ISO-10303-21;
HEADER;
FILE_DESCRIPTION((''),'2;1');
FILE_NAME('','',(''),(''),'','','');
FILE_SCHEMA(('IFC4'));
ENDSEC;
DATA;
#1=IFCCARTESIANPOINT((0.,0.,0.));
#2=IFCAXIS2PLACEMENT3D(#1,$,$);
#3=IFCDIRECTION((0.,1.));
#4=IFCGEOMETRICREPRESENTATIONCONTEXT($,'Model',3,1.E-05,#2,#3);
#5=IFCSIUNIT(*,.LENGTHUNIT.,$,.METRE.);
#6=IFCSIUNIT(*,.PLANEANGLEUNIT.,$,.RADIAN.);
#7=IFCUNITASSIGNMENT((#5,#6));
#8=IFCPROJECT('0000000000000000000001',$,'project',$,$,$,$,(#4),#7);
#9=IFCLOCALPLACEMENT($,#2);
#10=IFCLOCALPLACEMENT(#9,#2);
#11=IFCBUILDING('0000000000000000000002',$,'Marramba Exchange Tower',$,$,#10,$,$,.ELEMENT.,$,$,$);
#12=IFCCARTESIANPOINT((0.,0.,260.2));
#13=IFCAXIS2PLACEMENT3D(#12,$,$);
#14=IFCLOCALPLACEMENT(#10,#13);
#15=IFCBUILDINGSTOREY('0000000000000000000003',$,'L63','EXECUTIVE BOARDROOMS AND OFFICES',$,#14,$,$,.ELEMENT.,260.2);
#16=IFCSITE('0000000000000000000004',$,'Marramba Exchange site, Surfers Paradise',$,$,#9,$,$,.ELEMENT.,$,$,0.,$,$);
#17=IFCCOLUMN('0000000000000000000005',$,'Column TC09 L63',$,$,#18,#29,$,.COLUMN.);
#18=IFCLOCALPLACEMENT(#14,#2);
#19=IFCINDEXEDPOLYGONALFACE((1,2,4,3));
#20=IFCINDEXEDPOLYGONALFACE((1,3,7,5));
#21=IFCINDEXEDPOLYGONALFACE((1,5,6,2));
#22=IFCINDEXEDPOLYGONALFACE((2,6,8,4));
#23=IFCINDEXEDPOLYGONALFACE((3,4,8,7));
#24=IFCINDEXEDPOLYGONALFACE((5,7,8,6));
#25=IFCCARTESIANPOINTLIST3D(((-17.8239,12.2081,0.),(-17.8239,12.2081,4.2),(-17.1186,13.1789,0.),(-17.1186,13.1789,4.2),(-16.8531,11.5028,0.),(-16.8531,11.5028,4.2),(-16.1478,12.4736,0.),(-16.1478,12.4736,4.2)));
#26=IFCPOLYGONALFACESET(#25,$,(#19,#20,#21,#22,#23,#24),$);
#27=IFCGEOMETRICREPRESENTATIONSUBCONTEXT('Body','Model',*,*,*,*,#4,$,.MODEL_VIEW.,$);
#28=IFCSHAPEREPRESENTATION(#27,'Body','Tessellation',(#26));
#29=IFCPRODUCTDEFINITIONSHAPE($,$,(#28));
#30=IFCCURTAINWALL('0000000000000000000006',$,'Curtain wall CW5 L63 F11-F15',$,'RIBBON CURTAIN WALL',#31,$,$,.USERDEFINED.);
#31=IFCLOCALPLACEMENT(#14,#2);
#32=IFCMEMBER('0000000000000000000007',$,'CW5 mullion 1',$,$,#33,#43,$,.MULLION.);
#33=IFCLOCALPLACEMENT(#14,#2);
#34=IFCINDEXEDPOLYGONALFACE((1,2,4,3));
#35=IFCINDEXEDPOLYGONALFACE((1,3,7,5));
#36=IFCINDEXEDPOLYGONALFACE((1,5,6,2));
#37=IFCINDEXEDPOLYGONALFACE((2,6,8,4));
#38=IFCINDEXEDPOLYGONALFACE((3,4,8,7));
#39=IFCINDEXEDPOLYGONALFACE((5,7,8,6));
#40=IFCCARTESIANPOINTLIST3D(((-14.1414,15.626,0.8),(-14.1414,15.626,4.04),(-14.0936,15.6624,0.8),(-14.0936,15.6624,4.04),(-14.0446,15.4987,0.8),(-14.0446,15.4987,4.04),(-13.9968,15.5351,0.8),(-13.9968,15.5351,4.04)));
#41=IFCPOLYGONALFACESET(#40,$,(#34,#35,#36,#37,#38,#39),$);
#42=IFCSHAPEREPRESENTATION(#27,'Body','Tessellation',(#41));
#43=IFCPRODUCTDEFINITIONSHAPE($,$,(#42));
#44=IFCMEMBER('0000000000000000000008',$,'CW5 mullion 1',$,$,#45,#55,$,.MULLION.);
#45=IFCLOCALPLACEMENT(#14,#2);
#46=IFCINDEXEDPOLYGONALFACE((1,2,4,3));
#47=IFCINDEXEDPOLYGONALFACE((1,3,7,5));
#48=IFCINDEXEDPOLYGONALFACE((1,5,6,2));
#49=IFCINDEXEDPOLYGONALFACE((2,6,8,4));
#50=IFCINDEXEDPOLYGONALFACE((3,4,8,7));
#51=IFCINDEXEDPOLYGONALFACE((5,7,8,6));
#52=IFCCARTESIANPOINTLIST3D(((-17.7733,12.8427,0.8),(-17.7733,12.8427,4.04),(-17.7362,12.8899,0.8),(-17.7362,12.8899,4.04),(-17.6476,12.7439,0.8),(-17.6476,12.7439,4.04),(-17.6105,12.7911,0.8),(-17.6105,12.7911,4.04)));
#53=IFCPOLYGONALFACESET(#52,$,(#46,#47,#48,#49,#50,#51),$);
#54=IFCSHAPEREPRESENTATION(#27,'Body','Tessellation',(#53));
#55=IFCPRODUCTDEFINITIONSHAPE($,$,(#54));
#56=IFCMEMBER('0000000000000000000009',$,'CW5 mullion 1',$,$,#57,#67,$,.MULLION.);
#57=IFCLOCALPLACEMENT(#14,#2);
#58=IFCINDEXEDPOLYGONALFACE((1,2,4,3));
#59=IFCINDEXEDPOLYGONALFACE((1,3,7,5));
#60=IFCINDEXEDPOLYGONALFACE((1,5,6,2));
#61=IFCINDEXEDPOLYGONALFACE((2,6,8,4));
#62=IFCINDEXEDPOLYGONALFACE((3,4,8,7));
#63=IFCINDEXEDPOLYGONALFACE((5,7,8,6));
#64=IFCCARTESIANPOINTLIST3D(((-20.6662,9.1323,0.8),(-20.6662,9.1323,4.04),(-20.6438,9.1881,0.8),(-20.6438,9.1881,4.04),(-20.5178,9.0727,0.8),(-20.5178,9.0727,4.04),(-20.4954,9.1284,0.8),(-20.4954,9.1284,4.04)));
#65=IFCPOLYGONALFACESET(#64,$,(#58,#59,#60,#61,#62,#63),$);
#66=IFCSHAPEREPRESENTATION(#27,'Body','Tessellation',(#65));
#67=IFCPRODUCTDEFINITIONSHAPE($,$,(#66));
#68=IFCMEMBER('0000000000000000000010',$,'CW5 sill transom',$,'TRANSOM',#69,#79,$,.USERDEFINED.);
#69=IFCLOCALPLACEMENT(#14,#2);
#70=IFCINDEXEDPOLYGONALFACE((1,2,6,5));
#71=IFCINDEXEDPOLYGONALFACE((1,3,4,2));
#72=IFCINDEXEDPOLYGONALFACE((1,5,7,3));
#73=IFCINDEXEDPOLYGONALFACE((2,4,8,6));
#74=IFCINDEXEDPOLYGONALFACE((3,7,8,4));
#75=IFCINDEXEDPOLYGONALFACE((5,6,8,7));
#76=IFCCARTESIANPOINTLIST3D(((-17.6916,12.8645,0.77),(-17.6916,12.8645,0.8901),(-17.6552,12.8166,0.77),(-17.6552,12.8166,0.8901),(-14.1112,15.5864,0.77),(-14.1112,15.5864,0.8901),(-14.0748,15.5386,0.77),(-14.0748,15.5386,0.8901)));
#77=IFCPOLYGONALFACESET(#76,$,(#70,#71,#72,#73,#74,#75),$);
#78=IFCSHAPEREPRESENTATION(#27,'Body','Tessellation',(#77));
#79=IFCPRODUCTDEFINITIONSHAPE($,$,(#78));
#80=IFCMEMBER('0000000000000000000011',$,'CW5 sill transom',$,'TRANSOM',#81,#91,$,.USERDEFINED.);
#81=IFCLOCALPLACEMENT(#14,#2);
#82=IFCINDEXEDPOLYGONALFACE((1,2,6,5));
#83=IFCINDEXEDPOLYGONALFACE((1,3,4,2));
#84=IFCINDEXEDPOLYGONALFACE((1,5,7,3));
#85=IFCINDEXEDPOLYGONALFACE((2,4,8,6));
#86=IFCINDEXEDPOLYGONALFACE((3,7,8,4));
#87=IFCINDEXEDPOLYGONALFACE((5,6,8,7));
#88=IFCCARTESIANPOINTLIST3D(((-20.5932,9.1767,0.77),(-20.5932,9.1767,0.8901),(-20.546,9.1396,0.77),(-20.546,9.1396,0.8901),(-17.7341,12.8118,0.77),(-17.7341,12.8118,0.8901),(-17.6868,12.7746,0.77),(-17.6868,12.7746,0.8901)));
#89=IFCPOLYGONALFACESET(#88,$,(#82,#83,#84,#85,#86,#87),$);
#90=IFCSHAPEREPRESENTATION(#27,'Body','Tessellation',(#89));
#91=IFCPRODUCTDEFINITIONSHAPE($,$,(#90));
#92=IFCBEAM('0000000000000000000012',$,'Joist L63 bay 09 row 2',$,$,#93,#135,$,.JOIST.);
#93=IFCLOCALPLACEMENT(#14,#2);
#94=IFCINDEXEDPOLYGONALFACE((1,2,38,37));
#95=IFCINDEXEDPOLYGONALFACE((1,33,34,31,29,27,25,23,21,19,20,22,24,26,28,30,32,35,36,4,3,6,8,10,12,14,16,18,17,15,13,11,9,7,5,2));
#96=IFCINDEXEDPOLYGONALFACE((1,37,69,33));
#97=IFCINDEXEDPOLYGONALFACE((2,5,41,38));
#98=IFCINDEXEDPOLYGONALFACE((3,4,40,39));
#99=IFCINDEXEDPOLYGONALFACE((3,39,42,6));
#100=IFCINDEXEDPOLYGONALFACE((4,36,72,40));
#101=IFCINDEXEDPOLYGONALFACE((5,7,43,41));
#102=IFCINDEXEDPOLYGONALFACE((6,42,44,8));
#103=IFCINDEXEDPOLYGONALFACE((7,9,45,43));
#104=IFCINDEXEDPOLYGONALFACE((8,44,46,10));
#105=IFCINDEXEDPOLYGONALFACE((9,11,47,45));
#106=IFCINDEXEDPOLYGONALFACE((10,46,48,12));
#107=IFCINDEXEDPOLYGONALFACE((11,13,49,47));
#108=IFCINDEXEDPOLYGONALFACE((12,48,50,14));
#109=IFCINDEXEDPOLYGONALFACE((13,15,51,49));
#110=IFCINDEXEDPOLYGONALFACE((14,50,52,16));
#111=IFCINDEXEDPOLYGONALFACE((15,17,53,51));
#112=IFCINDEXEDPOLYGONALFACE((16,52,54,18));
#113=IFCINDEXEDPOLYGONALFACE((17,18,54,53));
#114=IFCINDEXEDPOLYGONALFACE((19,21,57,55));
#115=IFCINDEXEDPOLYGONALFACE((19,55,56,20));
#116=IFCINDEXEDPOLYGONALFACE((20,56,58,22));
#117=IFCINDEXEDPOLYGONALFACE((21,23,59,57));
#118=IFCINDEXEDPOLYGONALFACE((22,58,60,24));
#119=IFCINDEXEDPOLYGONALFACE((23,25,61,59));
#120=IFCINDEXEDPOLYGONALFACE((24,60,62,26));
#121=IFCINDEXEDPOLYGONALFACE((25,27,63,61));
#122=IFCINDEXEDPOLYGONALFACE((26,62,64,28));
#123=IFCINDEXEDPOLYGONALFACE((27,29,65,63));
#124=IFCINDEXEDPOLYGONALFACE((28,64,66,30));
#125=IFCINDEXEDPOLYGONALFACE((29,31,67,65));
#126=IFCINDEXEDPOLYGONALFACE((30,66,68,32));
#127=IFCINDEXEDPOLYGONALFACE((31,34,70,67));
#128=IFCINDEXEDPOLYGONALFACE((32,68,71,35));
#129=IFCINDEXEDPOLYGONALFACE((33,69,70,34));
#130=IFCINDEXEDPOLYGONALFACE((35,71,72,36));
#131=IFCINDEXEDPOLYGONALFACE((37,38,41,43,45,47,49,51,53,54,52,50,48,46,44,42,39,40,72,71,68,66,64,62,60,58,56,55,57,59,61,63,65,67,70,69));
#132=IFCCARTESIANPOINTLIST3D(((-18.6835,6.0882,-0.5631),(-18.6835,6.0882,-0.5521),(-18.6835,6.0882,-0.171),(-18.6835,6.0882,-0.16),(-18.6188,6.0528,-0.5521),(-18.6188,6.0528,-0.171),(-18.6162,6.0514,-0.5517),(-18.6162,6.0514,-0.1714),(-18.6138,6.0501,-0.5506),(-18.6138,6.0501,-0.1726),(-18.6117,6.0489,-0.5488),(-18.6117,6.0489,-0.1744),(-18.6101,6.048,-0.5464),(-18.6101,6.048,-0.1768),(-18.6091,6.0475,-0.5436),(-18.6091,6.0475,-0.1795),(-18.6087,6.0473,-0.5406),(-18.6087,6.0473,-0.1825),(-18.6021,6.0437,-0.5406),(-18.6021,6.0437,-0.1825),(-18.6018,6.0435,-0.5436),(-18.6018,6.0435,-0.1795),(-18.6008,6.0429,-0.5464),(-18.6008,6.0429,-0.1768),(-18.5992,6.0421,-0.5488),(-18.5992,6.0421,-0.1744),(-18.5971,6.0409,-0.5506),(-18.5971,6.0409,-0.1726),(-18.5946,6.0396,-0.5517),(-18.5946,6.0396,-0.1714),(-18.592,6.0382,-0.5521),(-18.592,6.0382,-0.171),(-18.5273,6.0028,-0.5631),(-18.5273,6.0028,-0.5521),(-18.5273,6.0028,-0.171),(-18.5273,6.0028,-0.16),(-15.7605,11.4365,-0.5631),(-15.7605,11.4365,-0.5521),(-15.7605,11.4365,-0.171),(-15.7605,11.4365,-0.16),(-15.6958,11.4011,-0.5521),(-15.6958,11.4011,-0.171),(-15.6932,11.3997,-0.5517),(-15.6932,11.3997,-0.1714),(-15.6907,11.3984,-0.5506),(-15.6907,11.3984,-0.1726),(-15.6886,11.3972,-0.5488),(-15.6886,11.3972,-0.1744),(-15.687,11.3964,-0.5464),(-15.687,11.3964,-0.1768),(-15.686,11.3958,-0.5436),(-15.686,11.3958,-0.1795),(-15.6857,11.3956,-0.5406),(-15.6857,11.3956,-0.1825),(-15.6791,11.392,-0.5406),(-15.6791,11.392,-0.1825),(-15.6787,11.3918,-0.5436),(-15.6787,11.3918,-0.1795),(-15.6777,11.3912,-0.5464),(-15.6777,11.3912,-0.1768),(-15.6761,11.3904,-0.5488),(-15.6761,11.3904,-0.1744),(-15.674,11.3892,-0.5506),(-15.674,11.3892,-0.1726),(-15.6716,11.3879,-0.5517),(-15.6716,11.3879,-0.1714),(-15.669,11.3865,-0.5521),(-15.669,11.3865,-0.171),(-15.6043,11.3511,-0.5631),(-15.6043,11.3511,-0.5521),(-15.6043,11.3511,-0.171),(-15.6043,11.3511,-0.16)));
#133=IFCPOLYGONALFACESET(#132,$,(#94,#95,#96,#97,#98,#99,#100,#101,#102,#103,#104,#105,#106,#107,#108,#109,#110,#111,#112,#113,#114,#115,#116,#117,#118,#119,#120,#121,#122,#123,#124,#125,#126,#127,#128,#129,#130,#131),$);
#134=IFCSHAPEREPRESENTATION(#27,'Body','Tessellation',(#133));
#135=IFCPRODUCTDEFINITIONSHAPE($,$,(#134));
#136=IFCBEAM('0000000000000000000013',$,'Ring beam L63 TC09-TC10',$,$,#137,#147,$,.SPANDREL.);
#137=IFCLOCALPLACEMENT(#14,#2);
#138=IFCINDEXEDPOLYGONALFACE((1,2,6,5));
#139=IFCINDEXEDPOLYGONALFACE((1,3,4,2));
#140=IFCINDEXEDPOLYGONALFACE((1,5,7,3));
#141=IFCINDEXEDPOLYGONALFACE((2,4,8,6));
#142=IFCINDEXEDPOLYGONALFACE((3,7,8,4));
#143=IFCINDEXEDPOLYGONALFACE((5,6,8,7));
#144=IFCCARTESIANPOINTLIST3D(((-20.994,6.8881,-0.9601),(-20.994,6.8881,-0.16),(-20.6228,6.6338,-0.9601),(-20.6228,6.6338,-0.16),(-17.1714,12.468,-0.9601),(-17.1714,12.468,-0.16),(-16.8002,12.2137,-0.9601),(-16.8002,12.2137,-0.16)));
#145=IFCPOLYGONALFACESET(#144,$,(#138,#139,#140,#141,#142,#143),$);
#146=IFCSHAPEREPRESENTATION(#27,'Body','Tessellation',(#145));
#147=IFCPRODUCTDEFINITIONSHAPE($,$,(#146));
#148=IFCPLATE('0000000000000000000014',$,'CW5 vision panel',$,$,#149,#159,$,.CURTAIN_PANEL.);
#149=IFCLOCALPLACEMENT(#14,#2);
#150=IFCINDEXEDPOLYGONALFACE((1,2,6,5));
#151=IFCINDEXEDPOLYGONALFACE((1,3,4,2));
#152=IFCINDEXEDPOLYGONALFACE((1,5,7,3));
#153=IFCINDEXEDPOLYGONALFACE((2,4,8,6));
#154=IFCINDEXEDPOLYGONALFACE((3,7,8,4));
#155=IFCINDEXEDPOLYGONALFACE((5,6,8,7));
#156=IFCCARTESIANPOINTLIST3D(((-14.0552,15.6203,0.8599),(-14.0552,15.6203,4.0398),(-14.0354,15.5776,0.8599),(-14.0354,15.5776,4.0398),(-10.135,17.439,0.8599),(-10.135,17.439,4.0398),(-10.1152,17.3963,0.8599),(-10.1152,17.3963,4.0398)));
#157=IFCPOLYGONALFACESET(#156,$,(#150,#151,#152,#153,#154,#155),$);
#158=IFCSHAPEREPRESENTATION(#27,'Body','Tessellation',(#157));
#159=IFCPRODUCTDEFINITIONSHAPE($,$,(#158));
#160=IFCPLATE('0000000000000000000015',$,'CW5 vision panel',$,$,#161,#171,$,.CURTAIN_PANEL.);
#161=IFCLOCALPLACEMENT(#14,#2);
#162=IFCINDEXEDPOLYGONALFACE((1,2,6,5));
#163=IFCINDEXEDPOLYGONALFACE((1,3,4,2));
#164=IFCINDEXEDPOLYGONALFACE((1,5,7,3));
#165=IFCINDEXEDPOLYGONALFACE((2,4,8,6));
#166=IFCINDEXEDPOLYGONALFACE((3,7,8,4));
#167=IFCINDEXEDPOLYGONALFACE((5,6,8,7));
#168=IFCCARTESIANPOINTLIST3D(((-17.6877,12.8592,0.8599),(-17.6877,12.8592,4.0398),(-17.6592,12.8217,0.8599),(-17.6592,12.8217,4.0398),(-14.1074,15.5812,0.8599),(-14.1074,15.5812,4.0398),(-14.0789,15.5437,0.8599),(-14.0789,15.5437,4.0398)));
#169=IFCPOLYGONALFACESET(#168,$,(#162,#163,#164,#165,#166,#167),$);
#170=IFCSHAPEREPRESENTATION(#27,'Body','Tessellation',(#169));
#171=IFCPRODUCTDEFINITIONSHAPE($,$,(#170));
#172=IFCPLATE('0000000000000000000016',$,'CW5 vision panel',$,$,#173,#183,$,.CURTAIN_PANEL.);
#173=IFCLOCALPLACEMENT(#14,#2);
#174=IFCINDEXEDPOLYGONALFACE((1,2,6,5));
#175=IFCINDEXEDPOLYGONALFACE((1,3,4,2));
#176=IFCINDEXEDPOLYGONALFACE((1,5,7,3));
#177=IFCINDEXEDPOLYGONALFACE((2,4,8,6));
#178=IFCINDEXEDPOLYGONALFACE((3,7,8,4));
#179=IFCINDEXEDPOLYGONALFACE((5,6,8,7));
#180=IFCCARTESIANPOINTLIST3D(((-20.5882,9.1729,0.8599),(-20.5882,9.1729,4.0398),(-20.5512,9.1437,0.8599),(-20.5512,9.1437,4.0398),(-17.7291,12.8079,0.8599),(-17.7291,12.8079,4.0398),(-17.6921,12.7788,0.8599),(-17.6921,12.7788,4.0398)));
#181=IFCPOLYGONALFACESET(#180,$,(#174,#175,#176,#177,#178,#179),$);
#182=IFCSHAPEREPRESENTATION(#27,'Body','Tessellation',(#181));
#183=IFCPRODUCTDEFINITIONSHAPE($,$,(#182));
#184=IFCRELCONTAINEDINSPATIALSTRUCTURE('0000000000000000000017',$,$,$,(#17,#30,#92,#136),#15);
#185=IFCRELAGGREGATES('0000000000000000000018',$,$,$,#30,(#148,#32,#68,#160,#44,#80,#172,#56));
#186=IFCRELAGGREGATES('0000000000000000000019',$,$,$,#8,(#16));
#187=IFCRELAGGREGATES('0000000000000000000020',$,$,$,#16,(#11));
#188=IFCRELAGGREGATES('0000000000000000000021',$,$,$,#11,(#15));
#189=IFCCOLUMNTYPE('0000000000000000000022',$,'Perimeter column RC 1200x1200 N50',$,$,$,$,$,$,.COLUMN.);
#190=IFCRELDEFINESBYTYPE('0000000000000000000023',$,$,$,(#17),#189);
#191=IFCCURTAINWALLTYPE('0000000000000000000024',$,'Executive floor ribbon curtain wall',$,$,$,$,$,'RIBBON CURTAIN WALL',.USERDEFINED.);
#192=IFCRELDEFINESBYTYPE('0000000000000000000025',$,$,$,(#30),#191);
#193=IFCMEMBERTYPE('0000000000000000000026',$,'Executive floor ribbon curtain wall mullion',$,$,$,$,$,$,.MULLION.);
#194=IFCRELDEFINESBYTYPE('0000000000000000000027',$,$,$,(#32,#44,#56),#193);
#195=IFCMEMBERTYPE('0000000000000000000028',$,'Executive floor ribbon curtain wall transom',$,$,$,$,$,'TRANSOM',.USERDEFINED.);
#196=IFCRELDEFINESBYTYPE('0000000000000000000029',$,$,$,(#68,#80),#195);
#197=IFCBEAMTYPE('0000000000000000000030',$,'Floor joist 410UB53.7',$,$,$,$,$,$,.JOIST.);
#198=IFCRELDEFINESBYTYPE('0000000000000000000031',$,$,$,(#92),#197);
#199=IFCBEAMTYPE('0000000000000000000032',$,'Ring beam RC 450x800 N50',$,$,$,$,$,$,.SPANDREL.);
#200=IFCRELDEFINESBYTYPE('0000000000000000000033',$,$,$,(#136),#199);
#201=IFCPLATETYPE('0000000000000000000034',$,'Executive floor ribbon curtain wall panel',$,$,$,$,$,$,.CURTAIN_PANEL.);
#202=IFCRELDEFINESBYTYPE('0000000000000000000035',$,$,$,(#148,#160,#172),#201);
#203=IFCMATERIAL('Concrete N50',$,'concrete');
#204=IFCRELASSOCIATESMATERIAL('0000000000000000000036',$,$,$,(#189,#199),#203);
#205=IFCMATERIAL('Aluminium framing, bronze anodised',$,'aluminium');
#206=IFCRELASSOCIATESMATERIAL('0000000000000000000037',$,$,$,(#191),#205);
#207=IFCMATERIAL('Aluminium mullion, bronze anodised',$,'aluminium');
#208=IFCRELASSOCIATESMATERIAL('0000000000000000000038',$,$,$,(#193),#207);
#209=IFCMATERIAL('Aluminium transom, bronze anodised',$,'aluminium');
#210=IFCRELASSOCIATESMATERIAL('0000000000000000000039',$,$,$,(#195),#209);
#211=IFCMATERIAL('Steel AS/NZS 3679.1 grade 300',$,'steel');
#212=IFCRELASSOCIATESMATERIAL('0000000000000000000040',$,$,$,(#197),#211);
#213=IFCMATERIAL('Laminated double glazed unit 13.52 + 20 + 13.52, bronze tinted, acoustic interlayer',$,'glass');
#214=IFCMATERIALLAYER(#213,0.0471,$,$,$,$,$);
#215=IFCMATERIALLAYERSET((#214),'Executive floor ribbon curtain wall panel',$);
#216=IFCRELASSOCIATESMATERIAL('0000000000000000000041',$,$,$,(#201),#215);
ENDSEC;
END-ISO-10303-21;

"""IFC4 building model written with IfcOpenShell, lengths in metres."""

from ifc_helpers import new_model, si_unit, direction, frame, origin, origin_2d, place, context, subcontext, project, spatial, rectangle, i_section, extrude, material, layer, layer_set, material_profile, profile_set, type_object, element, aggregate, save


model = new_model("IFC4")

# Units and contexts
model_context = context("Model", 3, precision=1e-05, world=origin(), true_north=direction((0.0, 1.0)))
body_context = subcontext(model_context, "Body", "Model", "MODEL_VIEW")
ifc_project = project(units=[si_unit("LENGTHUNIT", "METRE"), si_unit("PLANEANGLEUNIT", "RADIAN")], contexts=[model_context])

# Site, building, storey
site_placement = place(None, origin())
site = spatial("IfcSite", under=ifc_project, at=site_placement, Name="Marramba Exchange site, Surfers Paradise", CompositionType="ELEMENT", RefElevation=0.0)
building_placement = place(site_placement, origin())
building = spatial("IfcBuilding", under=site, at=building_placement, Name="Marramba Exchange Tower", CompositionType="ELEMENT")
storey_placement = place(building_placement, frame((0.0, 0.0, 260.2)))
storey = spatial("IfcBuildingStorey", under=building, at=storey_placement, Name="L63", Description="EXECUTIVE BOARDROOMS AND OFFICES", CompositionType="ELEMENT", Elevation=260.2)

# Column
ifc_material_1 = material(Name="Concrete N50", Category="concrete")
ifc_material_profile_1 = material_profile(ifc_material_1, rectangle(XDim=1.2, YDim=1.2, at=origin_2d()), Name="RC 1200x1200")
ifc_profile_set_1 = profile_set([ifc_material_profile_1], Name="Concrete N50")
column_type = type_object("IfcColumnType", Name="Perimeter column RC 1200x1200 N50", PredefinedType="COLUMN", material=ifc_profile_set_1)
column_placement = place(storey_placement, frame((-16.9858, 12.3408, 0.0), z_axis=(0.0, 0.0, 1.0), x_axis=(-0.809017, 0.587785, 0.0)))
element("IfcColumn", 1, at=column_placement, inside=storey, type_object=column_type, Name="Column TC09 L63", PredefinedType="COLUMN", context=body_context, shape_type="SweptSolid", body=[
    extrude(rectangle(XDim=1.2, YDim=1.2, at=origin_2d()), origin(), (0.0, 0.0, 1.0), 4.2),
])

# Curtain wall, members
ifc_material_2 = material(Name="Aluminium framing, bronze anodised", Category="aluminium")
curtain_wall_type = type_object("IfcCurtainWallType", Name="Executive floor ribbon curtain wall", ElementType="RIBBON CURTAIN WALL", PredefinedType="USERDEFINED", material=ifc_material_2)
curtain_wall_placement = place(storey_placement, origin())
curtain_wall = element("IfcCurtainWall", 2, at=curtain_wall_placement, inside=storey, type_object=curtain_wall_type, Name="Curtain wall CW5 L63 F11-F15", ObjectType="RIBBON CURTAIN WALL", PredefinedType="USERDEFINED")
ifc_material_3 = material(Name="Aluminium mullion, bronze anodised", Category="aluminium")
ifc_material_profile_2 = material_profile(ifc_material_3, rectangle(XDim=0.1599, YDim=0.0601, at=origin_2d()), Name="CW5 mullion 60x160")
ifc_profile_set_2 = profile_set([ifc_material_profile_2], Name="Aluminium mullion, bronze anodised")
member_type_1 = type_object("IfcMemberType", Name="Executive floor ribbon curtain wall mullion", PredefinedType="MULLION", material=ifc_profile_set_2)
member_1_placement = place(storey_placement, frame((-14.0691, 15.5806, 0.8), z_axis=(0.0, 0.0, 1.0), x_axis=(0.605219, -0.796059, 0.0)))
member_1 = element("IfcMember", 3, at=member_1_placement, type_object=member_type_1, Name="CW5 mullion 1", PredefinedType="MULLION", context=body_context, shape_type="SweptSolid", body=[
    extrude(rectangle(XDim=0.1599, YDim=0.0601, at=origin_2d()), origin(), (0.0, 0.0, 1.0), 3.24),
])
member_2_placement = place(storey_placement, frame((-17.6919, 12.8169, 0.8), z_axis=(0.0, 0.0, 1.0), x_axis=(0.786003, -0.618223, 0.0)))
member_2 = element("IfcMember", 4, at=member_2_placement, type_object=member_type_1, Name="CW5 mullion 1", PredefinedType="MULLION", context=body_context, shape_type="SweptSolid", body=[
    extrude(rectangle(XDim=0.1599, YDim=0.0601, at=origin_2d()), origin(), (0.0, 0.0, 1.0), 3.24),
])
member_3_placement = place(storey_placement, frame((-20.5808, 9.1304, 0.8), z_axis=(0.0, 0.0, 1.0), x_axis=(0.927838, -0.372983, 0.0)))
member_3 = element("IfcMember", 5, at=member_3_placement, type_object=member_type_1, Name="CW5 mullion 1", PredefinedType="MULLION", context=body_context, shape_type="SweptSolid", body=[
    extrude(rectangle(XDim=0.1599, YDim=0.0601, at=origin_2d()), origin(), (0.0, 0.0, 1.0), 3.24),
])
ifc_material_4 = material(Name="Aluminium transom, bronze anodised", Category="aluminium")
ifc_material_profile_3 = material_profile(ifc_material_4, rectangle(XDim=0.0601, YDim=0.1201, at=origin_2d()), Name="CW5 transom 60x120")
ifc_profile_set_3 = profile_set([ifc_material_profile_3], Name="Aluminium transom, bronze anodised")
member_type_2 = type_object("IfcMemberType", Name="Executive floor ribbon curtain wall transom", ElementType="TRANSOM", PredefinedType="USERDEFINED", material=ifc_profile_set_3)
member_4_placement = place(storey_placement, frame((-14.093, 15.5625, 0.8301), z_axis=(-0.796068, -0.605207, 0.0), x_axis=(0.605207, -0.796068, 0.0)))
member_4 = element("IfcMember", 6, at=member_4_placement, type_object=member_type_2, Name="CW5 sill transom", ObjectType="TRANSOM", PredefinedType="USERDEFINED", context=body_context, shape_type="SweptSolid", body=[
    extrude(rectangle(XDim=0.0601, YDim=0.1201, at=origin_2d()), origin(), (0.0, 0.0, 1.0), 4.4976),
])
member_5_placement = place(storey_placement, frame((-17.7104, 12.7932, 0.8301), z_axis=(-0.618229, -0.785998, 0.0), x_axis=(0.785998, -0.618229, 0.0)))
member_5 = element("IfcMember", 7, at=member_5_placement, type_object=member_type_2, Name="CW5 sill transom", ObjectType="TRANSOM", PredefinedType="USERDEFINED", context=body_context, shape_type="SweptSolid", body=[
    extrude(rectangle(XDim=0.0601, YDim=0.1201, at=origin_2d()), origin(), (0.0, 0.0, 1.0), 4.6248),
])

# Beams
ifc_material_5 = material(Name="Steel AS/NZS 3679.1 grade 300", Category="steel")
ifc_material_profile_4 = material_profile(ifc_material_5, i_section(OverallWidth=0.178, OverallDepth=0.4031, WebThickness=0.0076, FlangeThickness=0.011, FilletRadius=0.0115, at=origin_2d()), Name="410UB53.7")
ifc_profile_set_4 = profile_set([ifc_material_profile_4], Name="Steel AS/NZS 3679.1 grade 300")
beam_type_1 = type_object("IfcBeamType", Name="Floor joist 410UB53.7", PredefinedType="JOIST", material=ifc_profile_set_4)
beam_1_placement = place(storey_placement, frame((-15.6824, 11.3938, -0.3616), z_axis=(-0.479584, -0.877496, 0.0), x_axis=(0.877496, -0.479584, 0.0)))
element("IfcBeam", 8, at=beam_1_placement, inside=storey, type_object=beam_type_1, Name="Joist L63 bay 09 row 2", PredefinedType="JOIST", context=body_context, shape_type="SweptSolid", body=[
    extrude(i_section(OverallWidth=0.178, OverallDepth=0.4031, WebThickness=0.0076, FlangeThickness=0.011, FilletRadius=0.0115, at=origin_2d()), origin(), (0.0, 0.0, 1.0), 6.095),
])
ifc_material_profile_5 = material_profile(ifc_material_1, rectangle(XDim=0.45, YDim=0.8, at=origin_2d()), Name="RC 450x800")
ifc_profile_set_5 = profile_set([ifc_material_profile_5], Name="Concrete N50")
beam_type_2 = type_object("IfcBeamType", Name="Ring beam RC 450x800 N50", PredefinedType="SPANDREL", material=ifc_profile_set_5)
beam_2_placement = place(storey_placement, frame((-16.9858, 12.3408, -0.5601), z_axis=(-0.56516, -0.824981, 0.0), x_axis=(0.824981, -0.56516, 0.0)))
element("IfcBeam", 9, at=beam_2_placement, inside=storey, type_object=beam_type_2, Name="Ring beam L63 TC09-TC10", PredefinedType="SPANDREL", context=body_context, shape_type="SweptSolid", body=[
    extrude(rectangle(XDim=0.45, YDim=0.8, at=origin_2d()), origin(), (0.0, 0.0, 1.0), 6.7637),
])

# Plates
ifc_material_6 = material(Name="Laminated double glazed unit 13.52 + 20 + 13.52, bronze tinted, acoustic interlayer", Category="glass")
ifc_layer_1 = layer(ifc_material_6, 0.0471)
ifc_layer_set_1 = layer_set([ifc_layer_1], Name="Executive floor ribbon curtain wall panel")
plate_type = type_object("IfcPlateType", Name="Executive floor ribbon curtain wall panel", PredefinedType="CURTAIN_PANEL", material=ifc_layer_set_1)
plate_1_placement = place(storey_placement, frame((-12.0852, 16.5083, 0.8599), z_axis=(0.0, 0.0, 1.0), x_axis=(-0.907131, -0.420849, 0.0)))
plate_1 = element("IfcPlate", 10, at=plate_1_placement, type_object=plate_type, Name="CW5 vision panel", PredefinedType="CURTAIN_PANEL", context=body_context, shape_type="SweptSolid", body=[
    extrude(rectangle(XDim=4.3215, YDim=0.0471, at=origin_2d()), origin(), (0.0, 0.0, 1.0), 3.1799),
])
plate_2_placement = place(storey_placement, frame((-15.8833, 14.2014, 0.8599), z_axis=(0.0, 0.0, 1.0), x_axis=(-0.796059, -0.605219, 0.0)))
plate_2 = element("IfcPlate", 11, at=plate_2_placement, type_object=plate_type, Name="CW5 vision panel", PredefinedType="CURTAIN_PANEL", context=body_context, shape_type="SweptSolid", body=[
    extrude(rectangle(XDim=4.4976, YDim=0.0471, at=origin_2d()), origin(), (0.0, 0.0, 1.0), 3.1799),
])
plate_3_placement = place(storey_placement, frame((-19.1401, 10.9758, 0.8599), z_axis=(0.0, 0.0, 1.0), x_axis=(-0.618223, -0.786003, 0.0)))
plate_3 = element("IfcPlate", 12, at=plate_3_placement, type_object=plate_type, Name="CW5 vision panel", PredefinedType="CURTAIN_PANEL", context=body_context, shape_type="SweptSolid", body=[
    extrude(rectangle(XDim=4.6248, YDim=0.0471, at=origin_2d()), origin(), (0.0, 0.0, 1.0), 3.1799),
])
aggregate(curtain_wall, [plate_1, member_1, member_4, plate_2, member_2, member_5, plate_3, member_3])

save(model, "model.ifc")
